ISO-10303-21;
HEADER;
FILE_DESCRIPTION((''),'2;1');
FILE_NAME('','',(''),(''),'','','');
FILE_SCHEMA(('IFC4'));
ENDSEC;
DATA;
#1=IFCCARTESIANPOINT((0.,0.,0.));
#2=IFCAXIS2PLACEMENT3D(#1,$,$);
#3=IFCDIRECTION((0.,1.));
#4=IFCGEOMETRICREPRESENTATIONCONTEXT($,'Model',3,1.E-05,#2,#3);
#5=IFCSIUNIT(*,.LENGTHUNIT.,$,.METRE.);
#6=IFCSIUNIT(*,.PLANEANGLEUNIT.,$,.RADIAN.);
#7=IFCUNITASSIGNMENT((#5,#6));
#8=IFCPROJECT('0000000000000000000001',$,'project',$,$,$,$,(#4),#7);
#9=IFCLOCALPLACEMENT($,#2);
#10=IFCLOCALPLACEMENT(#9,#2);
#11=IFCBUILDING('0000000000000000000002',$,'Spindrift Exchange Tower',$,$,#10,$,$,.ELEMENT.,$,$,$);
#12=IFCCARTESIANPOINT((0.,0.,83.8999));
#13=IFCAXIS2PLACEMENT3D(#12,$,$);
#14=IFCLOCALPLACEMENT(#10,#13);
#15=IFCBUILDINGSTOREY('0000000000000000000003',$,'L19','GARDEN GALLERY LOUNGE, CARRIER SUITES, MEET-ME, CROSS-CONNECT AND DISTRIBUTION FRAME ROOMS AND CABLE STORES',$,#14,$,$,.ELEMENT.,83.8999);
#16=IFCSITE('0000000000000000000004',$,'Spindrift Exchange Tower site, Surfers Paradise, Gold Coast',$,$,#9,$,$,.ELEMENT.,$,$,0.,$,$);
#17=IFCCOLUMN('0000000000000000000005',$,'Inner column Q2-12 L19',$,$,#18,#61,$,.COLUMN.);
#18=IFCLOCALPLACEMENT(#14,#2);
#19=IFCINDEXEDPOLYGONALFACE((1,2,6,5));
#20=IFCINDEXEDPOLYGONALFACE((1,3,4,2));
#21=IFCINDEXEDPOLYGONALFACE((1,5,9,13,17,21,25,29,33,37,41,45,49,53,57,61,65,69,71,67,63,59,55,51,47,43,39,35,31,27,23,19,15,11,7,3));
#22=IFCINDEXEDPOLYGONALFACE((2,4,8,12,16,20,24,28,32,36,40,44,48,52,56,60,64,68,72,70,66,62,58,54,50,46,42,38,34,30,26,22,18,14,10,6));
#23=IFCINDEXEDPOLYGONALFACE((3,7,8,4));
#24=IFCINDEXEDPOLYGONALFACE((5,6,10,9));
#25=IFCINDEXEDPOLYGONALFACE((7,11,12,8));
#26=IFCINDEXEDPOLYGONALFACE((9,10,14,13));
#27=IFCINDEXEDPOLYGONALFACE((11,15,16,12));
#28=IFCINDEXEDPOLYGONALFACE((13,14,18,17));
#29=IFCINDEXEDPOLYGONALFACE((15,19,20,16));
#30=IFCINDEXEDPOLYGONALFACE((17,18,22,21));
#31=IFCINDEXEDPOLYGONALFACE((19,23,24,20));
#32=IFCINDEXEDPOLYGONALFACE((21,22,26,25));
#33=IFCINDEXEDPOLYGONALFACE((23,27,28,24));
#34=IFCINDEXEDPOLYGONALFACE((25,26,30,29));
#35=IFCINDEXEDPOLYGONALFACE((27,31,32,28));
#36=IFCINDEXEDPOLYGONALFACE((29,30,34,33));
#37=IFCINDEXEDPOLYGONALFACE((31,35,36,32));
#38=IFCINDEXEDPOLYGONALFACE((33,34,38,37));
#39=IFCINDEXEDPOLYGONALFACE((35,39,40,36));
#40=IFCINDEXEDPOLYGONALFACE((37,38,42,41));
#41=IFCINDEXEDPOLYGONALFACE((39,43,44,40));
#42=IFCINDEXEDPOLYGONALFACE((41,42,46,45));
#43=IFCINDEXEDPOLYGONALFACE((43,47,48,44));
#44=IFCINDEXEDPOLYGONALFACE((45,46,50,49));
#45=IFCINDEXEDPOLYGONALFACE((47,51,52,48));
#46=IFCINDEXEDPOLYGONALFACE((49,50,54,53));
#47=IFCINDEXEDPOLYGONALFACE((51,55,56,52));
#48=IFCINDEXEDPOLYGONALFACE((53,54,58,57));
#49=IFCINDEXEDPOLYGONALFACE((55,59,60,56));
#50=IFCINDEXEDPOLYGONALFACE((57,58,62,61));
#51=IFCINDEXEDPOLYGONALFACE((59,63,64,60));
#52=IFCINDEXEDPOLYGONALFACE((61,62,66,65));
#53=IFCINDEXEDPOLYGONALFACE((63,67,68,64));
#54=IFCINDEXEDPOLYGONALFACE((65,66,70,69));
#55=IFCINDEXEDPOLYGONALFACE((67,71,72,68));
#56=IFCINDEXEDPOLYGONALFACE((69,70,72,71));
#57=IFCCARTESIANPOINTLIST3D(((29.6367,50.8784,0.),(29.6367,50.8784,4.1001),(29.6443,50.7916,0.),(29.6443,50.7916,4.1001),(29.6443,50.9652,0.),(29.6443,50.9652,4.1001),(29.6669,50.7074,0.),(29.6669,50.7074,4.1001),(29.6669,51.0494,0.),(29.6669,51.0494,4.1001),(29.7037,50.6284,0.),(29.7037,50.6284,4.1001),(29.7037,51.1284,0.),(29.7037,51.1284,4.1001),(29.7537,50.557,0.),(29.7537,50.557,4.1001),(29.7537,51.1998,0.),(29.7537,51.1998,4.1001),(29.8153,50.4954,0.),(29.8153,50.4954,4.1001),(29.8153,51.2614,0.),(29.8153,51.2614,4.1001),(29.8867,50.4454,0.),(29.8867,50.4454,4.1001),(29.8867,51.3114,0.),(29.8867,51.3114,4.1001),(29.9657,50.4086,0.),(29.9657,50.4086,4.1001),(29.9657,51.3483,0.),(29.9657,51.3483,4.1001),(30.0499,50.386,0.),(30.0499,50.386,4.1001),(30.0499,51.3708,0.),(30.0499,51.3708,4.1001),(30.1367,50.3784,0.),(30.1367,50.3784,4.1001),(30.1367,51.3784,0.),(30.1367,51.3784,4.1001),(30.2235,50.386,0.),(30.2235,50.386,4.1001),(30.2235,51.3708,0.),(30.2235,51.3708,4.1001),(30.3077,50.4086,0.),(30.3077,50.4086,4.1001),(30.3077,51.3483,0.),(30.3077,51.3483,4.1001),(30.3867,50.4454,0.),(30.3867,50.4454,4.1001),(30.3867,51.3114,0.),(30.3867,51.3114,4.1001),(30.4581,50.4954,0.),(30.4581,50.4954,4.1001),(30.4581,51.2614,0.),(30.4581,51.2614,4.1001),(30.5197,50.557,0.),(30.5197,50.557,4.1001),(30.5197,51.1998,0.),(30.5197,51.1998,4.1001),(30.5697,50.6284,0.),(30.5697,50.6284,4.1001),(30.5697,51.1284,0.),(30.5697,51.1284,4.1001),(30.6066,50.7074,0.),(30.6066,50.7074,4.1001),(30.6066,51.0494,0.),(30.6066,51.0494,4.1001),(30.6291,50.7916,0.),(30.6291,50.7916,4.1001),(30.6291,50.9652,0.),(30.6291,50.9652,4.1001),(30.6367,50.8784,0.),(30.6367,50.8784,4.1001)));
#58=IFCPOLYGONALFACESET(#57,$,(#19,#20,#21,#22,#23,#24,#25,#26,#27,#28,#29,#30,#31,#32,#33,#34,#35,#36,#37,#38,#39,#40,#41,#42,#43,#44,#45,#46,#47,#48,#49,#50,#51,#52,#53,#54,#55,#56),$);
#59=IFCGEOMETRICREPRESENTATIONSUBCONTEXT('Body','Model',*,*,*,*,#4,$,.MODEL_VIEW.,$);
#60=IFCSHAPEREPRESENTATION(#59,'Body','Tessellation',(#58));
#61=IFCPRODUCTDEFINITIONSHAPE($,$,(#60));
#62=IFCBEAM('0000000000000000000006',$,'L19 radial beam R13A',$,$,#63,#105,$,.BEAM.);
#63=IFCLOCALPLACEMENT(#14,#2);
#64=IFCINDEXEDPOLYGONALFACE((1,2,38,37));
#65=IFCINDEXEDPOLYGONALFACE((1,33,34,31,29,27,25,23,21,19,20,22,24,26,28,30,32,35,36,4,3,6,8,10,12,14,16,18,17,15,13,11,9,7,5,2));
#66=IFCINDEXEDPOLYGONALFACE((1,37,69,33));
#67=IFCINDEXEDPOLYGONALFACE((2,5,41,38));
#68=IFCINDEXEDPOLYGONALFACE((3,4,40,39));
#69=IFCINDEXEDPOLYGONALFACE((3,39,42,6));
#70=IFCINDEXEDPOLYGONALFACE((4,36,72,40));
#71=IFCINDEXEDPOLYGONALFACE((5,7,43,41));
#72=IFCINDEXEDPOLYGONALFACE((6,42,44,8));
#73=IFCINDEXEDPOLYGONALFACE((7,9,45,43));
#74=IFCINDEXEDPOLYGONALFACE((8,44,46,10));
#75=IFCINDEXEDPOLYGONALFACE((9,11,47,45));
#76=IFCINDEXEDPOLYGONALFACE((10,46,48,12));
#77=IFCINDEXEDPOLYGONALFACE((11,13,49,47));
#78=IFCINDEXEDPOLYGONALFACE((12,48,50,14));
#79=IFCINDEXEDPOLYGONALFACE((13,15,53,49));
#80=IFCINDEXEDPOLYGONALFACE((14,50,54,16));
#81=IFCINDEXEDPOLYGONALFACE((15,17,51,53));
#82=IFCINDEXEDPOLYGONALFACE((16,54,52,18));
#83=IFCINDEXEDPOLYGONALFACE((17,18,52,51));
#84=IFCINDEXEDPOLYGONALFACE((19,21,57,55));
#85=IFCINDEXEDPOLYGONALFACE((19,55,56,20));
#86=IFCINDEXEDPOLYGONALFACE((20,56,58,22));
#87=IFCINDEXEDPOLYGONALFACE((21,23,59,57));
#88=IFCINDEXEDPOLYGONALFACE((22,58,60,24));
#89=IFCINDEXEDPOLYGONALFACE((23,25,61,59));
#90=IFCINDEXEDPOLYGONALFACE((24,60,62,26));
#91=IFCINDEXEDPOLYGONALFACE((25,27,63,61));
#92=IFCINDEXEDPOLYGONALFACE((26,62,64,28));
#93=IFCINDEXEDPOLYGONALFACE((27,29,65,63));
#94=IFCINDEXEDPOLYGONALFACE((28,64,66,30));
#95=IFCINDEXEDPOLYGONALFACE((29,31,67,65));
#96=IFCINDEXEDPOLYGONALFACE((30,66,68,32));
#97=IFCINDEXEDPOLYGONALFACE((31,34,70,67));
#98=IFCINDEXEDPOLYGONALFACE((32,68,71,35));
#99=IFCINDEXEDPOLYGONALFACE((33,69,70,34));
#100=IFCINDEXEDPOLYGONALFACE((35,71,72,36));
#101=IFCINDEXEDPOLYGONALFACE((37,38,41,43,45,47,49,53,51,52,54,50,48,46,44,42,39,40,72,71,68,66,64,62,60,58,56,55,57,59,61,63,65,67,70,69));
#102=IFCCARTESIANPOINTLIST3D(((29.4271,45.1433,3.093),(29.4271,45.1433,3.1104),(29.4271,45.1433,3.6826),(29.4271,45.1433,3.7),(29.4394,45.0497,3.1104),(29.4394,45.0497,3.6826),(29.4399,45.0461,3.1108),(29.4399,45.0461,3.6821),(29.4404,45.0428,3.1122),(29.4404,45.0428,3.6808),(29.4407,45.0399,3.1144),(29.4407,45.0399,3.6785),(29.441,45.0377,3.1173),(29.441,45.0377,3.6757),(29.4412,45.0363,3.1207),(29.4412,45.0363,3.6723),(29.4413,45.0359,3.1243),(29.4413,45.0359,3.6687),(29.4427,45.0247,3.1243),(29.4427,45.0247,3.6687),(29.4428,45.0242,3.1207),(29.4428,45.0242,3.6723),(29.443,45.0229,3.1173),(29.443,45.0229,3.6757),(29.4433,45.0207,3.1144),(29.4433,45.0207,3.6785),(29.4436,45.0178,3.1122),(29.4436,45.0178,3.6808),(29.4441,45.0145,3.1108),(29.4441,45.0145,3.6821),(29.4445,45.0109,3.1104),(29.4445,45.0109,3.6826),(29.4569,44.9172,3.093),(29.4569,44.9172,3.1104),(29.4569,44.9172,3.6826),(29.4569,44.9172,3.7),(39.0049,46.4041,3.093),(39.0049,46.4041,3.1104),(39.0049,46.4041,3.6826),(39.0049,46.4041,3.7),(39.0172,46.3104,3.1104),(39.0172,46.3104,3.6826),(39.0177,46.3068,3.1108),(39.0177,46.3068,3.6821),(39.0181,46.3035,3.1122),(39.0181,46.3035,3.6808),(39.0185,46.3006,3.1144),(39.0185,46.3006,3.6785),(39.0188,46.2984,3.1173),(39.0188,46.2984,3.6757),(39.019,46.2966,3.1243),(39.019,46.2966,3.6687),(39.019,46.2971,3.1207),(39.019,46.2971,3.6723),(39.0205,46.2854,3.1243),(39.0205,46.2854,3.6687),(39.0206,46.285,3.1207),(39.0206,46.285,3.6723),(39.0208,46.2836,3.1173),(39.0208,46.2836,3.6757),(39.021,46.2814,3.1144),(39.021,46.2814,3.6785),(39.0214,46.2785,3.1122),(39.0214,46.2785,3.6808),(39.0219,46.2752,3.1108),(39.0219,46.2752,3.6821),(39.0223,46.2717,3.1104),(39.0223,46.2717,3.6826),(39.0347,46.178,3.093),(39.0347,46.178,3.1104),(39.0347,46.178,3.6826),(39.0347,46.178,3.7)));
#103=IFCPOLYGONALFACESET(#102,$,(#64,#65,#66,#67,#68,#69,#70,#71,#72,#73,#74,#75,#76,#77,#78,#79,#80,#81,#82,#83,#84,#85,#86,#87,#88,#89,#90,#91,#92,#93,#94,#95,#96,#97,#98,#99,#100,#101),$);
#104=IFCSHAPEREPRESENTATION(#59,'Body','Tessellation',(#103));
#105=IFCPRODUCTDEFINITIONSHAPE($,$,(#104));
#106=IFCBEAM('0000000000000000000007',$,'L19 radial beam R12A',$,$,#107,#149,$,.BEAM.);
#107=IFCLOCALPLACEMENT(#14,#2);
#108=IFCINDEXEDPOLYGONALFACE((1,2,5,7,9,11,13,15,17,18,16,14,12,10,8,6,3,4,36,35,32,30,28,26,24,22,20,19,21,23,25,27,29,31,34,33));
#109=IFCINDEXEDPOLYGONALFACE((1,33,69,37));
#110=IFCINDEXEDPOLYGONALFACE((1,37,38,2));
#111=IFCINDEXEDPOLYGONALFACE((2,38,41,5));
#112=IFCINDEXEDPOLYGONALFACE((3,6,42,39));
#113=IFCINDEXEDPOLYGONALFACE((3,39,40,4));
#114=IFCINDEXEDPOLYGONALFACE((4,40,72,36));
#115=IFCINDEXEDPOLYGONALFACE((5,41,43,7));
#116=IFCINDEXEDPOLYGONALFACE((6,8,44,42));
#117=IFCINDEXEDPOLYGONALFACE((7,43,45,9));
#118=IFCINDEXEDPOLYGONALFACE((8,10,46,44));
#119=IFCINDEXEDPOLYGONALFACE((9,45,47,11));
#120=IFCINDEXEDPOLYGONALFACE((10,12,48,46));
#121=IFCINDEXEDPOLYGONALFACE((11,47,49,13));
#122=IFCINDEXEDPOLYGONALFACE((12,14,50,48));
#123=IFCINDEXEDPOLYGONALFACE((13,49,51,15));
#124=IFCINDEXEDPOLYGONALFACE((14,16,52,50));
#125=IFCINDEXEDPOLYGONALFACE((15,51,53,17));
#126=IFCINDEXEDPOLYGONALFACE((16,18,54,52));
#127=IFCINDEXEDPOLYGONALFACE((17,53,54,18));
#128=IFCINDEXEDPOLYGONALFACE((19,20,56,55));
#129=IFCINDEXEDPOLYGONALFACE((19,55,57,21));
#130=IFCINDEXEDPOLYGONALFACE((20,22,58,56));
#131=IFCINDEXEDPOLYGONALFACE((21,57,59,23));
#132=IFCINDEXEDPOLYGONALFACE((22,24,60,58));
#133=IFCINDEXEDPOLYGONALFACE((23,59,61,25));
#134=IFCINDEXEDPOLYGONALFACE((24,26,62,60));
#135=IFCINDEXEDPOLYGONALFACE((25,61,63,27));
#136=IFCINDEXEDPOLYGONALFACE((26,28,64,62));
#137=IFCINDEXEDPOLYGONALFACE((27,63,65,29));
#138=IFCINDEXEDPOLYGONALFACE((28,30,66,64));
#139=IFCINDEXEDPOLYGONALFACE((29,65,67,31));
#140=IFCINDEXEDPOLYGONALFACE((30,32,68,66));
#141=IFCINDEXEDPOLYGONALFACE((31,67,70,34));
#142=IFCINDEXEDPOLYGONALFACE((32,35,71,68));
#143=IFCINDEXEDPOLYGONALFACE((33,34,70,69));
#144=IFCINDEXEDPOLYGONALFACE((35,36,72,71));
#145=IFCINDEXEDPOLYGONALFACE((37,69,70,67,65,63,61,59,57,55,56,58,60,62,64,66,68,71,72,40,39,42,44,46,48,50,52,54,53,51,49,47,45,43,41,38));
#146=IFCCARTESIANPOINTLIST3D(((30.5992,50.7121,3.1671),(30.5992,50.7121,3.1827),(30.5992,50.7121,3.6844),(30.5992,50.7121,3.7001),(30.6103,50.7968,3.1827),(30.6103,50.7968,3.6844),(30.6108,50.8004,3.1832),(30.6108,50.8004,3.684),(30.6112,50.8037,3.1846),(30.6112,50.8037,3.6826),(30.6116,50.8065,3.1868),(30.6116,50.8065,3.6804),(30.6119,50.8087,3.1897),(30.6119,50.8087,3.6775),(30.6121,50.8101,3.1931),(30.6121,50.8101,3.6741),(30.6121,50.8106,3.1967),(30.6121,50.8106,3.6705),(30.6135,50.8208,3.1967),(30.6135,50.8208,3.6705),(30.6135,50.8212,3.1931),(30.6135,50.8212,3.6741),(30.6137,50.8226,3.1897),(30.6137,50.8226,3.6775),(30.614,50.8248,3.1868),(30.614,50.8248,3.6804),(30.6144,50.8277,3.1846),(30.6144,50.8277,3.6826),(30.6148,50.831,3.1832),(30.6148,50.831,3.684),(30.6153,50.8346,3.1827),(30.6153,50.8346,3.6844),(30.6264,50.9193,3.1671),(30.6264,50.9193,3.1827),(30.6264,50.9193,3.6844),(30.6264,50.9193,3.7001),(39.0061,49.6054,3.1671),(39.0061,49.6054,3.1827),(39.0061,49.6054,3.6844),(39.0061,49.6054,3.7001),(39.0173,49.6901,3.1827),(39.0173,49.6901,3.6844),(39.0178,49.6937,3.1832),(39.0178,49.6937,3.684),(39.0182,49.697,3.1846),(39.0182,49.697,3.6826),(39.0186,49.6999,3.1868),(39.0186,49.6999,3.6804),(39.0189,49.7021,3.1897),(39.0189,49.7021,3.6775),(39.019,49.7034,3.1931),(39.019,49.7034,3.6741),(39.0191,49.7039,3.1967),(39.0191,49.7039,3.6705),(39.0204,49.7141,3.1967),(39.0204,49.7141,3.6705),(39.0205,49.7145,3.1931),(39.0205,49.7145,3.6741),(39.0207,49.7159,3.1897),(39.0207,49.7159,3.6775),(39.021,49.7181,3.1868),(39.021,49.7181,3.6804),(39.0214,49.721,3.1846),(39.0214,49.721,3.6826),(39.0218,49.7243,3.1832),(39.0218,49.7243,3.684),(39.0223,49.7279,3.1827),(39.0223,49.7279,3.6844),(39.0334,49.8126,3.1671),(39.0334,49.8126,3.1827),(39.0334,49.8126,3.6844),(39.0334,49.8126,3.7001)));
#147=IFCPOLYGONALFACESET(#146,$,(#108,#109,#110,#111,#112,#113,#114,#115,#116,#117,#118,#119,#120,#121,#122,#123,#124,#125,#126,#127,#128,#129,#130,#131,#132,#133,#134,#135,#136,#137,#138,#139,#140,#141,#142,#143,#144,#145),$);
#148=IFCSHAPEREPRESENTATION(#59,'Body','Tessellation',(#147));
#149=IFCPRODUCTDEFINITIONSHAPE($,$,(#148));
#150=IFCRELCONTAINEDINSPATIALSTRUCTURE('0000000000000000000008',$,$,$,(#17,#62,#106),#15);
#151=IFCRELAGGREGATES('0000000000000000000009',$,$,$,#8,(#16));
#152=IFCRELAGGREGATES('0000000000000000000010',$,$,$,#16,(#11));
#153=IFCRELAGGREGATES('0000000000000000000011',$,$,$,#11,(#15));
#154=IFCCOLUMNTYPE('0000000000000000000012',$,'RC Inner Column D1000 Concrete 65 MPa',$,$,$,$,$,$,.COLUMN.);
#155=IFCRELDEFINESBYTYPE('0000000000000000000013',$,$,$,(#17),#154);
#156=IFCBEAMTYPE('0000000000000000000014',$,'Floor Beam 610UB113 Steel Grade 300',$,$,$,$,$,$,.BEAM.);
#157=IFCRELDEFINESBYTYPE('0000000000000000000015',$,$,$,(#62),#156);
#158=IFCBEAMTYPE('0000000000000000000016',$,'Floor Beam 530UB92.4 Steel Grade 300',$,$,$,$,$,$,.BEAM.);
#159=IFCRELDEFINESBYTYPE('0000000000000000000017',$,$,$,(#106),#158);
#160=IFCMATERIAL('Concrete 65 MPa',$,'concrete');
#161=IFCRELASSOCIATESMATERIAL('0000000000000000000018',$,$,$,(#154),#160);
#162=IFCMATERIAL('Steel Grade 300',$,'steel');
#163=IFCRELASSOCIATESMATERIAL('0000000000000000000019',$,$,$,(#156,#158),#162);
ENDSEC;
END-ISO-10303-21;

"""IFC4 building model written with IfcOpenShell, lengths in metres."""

from ifc_helpers import new_model, si_unit, direction, frame, origin, origin_2d, place, context, subcontext, project, spatial, circle, i_section, extrude, source, transform, mapped, material, material_profile, profile_set, type_object, element, save


model = new_model("IFC4")

# Units and contexts
model_context = context("Model", 3, precision=1e-05, world=origin(), true_north=direction((0.0, 1.0)))
body_context = subcontext(model_context, "Body", "Model", "MODEL_VIEW")
ifc_project = project(units=[si_unit("LENGTHUNIT", "METRE"), si_unit("PLANEANGLEUNIT", "RADIAN")], contexts=[model_context])

# Site, building, storey
site_placement = place(None, origin())
site = spatial("IfcSite", under=ifc_project, at=site_placement, Name="Spindrift Exchange Tower site, Surfers Paradise, Gold Coast", CompositionType="ELEMENT", RefElevation=0.0)
building_placement = place(site_placement, origin())
building = spatial("IfcBuilding", under=site, at=building_placement, Name="Spindrift Exchange Tower", CompositionType="ELEMENT")
storey_placement = place(building_placement, frame((0.0, 0.0, 83.8999)))
storey = spatial("IfcBuildingStorey", under=building, at=storey_placement, Name="L19", Description="GARDEN GALLERY LOUNGE, CARRIER SUITES, MEET-ME, CROSS-CONNECT AND DISTRIBUTION FRAME ROOMS AND CABLE STORES", CompositionType="ELEMENT", Elevation=83.8999)

# Column
ifc_material_1 = material(Name="Concrete 65 MPa", Category="concrete")
ifc_material_profile_1 = material_profile(ifc_material_1, circle(Radius=0.5, at=origin_2d()), Name="RC D1000")
ifc_profile_set_1 = profile_set([ifc_material_profile_1], Name="Concrete 65 MPa")
column_type = type_object("IfcColumnType", Name="RC Inner Column D1000 Concrete 65 MPa", PredefinedType="COLUMN", material=ifc_profile_set_1)
shared_shape_1 = source(origin(), body_context, "Body", "SweptSolid", [
    extrude(circle(Radius=0.5, at=origin_2d()), origin(), (0.0, 0.0, 1.0), 4.1001),
])
column_placement = place(storey_placement, frame((30.1367, 50.8784, 0.0), z_axis=(0.0, 0.0, 1.0), x_axis=(1.0, 0.0, 0.0)))
element("IfcColumn", 1, at=column_placement, inside=storey, type_object=column_type, Name="Inner column Q2-12 L19", PredefinedType="COLUMN", context=body_context, shape_type="MappedRepresentation", body=[
    mapped(shared_shape_1, transform((0.0, 0.0, 0.0), scale=1.0)),
])

# Beams
ifc_material_2 = material(Name="Steel Grade 300", Category="steel")
ifc_material_profile_2 = material_profile(ifc_material_2, i_section(OverallWidth=0.228, OverallDepth=0.6069, WebThickness=0.0112, FlangeThickness=0.0173, FilletRadius=0.0139, at=origin_2d()), Name="610UB113")
ifc_profile_set_2 = profile_set([ifc_material_profile_2], Name="Steel Grade 300")
beam_type_1 = type_object("IfcBeamType", Name="Floor Beam 610UB113 Steel Grade 300", PredefinedType="BEAM", material=ifc_profile_set_2)
shared_shape_2 = source(origin(), body_context, "Body", "SweptSolid", [
    extrude(i_section(OverallWidth=0.228, OverallDepth=0.6069, WebThickness=0.0112, FlangeThickness=0.0173, FilletRadius=0.0139, at=origin_2d()), origin(), (0.0, 0.0, 1.0), 9.6604),
])
beam_1_placement = place(storey_placement, frame((39.0198, 46.291, 3.3965), z_axis=(-0.991448, -0.130505, 0.0), x_axis=(0.130505, -0.991448, 0.0)))
element("IfcBeam", 2, at=beam_1_placement, inside=storey, type_object=beam_type_1, Name="L19 radial beam R13A", PredefinedType="BEAM", context=body_context, shape_type="MappedRepresentation", body=[
    mapped(shared_shape_2, transform((0.0, 0.0, 0.0), scale=1.0)),
])
ifc_material_profile_3 = material_profile(ifc_material_2, i_section(OverallWidth=0.209, OverallDepth=0.533, WebThickness=0.0103, FlangeThickness=0.0156, FilletRadius=0.0139, at=origin_2d()), Name="530UB92.4")
ifc_profile_set_3 = profile_set([ifc_material_profile_3], Name="Steel Grade 300")
beam_type_2 = type_object("IfcBeamType", Name="Floor Beam 530UB92.4 Steel Grade 300", PredefinedType="BEAM", material=ifc_profile_set_3)
shared_shape_3 = source(origin(), body_context, "Body", "SweptSolid", [
    extrude(i_section(OverallWidth=0.209, OverallDepth=0.533, WebThickness=0.0103, FlangeThickness=0.0156, FilletRadius=0.0139, at=origin_2d()), origin(), (0.0, 0.0, 1.0), 8.4795),
])
beam_2_placement = place(storey_placement, frame((39.0198, 49.709, 3.4336), z_axis=(-0.991447, 0.130513, 0.0), x_axis=(-0.130513, -0.991447, 0.0)))
element("IfcBeam", 3, at=beam_2_placement, inside=storey, type_object=beam_type_2, Name="L19 radial beam R12A", PredefinedType="BEAM", context=body_context, shape_type="MappedRepresentation", body=[
    mapped(shared_shape_3, transform((0.0, 0.0, 0.0), scale=1.0)),
])

save(model, "model.ifc")
